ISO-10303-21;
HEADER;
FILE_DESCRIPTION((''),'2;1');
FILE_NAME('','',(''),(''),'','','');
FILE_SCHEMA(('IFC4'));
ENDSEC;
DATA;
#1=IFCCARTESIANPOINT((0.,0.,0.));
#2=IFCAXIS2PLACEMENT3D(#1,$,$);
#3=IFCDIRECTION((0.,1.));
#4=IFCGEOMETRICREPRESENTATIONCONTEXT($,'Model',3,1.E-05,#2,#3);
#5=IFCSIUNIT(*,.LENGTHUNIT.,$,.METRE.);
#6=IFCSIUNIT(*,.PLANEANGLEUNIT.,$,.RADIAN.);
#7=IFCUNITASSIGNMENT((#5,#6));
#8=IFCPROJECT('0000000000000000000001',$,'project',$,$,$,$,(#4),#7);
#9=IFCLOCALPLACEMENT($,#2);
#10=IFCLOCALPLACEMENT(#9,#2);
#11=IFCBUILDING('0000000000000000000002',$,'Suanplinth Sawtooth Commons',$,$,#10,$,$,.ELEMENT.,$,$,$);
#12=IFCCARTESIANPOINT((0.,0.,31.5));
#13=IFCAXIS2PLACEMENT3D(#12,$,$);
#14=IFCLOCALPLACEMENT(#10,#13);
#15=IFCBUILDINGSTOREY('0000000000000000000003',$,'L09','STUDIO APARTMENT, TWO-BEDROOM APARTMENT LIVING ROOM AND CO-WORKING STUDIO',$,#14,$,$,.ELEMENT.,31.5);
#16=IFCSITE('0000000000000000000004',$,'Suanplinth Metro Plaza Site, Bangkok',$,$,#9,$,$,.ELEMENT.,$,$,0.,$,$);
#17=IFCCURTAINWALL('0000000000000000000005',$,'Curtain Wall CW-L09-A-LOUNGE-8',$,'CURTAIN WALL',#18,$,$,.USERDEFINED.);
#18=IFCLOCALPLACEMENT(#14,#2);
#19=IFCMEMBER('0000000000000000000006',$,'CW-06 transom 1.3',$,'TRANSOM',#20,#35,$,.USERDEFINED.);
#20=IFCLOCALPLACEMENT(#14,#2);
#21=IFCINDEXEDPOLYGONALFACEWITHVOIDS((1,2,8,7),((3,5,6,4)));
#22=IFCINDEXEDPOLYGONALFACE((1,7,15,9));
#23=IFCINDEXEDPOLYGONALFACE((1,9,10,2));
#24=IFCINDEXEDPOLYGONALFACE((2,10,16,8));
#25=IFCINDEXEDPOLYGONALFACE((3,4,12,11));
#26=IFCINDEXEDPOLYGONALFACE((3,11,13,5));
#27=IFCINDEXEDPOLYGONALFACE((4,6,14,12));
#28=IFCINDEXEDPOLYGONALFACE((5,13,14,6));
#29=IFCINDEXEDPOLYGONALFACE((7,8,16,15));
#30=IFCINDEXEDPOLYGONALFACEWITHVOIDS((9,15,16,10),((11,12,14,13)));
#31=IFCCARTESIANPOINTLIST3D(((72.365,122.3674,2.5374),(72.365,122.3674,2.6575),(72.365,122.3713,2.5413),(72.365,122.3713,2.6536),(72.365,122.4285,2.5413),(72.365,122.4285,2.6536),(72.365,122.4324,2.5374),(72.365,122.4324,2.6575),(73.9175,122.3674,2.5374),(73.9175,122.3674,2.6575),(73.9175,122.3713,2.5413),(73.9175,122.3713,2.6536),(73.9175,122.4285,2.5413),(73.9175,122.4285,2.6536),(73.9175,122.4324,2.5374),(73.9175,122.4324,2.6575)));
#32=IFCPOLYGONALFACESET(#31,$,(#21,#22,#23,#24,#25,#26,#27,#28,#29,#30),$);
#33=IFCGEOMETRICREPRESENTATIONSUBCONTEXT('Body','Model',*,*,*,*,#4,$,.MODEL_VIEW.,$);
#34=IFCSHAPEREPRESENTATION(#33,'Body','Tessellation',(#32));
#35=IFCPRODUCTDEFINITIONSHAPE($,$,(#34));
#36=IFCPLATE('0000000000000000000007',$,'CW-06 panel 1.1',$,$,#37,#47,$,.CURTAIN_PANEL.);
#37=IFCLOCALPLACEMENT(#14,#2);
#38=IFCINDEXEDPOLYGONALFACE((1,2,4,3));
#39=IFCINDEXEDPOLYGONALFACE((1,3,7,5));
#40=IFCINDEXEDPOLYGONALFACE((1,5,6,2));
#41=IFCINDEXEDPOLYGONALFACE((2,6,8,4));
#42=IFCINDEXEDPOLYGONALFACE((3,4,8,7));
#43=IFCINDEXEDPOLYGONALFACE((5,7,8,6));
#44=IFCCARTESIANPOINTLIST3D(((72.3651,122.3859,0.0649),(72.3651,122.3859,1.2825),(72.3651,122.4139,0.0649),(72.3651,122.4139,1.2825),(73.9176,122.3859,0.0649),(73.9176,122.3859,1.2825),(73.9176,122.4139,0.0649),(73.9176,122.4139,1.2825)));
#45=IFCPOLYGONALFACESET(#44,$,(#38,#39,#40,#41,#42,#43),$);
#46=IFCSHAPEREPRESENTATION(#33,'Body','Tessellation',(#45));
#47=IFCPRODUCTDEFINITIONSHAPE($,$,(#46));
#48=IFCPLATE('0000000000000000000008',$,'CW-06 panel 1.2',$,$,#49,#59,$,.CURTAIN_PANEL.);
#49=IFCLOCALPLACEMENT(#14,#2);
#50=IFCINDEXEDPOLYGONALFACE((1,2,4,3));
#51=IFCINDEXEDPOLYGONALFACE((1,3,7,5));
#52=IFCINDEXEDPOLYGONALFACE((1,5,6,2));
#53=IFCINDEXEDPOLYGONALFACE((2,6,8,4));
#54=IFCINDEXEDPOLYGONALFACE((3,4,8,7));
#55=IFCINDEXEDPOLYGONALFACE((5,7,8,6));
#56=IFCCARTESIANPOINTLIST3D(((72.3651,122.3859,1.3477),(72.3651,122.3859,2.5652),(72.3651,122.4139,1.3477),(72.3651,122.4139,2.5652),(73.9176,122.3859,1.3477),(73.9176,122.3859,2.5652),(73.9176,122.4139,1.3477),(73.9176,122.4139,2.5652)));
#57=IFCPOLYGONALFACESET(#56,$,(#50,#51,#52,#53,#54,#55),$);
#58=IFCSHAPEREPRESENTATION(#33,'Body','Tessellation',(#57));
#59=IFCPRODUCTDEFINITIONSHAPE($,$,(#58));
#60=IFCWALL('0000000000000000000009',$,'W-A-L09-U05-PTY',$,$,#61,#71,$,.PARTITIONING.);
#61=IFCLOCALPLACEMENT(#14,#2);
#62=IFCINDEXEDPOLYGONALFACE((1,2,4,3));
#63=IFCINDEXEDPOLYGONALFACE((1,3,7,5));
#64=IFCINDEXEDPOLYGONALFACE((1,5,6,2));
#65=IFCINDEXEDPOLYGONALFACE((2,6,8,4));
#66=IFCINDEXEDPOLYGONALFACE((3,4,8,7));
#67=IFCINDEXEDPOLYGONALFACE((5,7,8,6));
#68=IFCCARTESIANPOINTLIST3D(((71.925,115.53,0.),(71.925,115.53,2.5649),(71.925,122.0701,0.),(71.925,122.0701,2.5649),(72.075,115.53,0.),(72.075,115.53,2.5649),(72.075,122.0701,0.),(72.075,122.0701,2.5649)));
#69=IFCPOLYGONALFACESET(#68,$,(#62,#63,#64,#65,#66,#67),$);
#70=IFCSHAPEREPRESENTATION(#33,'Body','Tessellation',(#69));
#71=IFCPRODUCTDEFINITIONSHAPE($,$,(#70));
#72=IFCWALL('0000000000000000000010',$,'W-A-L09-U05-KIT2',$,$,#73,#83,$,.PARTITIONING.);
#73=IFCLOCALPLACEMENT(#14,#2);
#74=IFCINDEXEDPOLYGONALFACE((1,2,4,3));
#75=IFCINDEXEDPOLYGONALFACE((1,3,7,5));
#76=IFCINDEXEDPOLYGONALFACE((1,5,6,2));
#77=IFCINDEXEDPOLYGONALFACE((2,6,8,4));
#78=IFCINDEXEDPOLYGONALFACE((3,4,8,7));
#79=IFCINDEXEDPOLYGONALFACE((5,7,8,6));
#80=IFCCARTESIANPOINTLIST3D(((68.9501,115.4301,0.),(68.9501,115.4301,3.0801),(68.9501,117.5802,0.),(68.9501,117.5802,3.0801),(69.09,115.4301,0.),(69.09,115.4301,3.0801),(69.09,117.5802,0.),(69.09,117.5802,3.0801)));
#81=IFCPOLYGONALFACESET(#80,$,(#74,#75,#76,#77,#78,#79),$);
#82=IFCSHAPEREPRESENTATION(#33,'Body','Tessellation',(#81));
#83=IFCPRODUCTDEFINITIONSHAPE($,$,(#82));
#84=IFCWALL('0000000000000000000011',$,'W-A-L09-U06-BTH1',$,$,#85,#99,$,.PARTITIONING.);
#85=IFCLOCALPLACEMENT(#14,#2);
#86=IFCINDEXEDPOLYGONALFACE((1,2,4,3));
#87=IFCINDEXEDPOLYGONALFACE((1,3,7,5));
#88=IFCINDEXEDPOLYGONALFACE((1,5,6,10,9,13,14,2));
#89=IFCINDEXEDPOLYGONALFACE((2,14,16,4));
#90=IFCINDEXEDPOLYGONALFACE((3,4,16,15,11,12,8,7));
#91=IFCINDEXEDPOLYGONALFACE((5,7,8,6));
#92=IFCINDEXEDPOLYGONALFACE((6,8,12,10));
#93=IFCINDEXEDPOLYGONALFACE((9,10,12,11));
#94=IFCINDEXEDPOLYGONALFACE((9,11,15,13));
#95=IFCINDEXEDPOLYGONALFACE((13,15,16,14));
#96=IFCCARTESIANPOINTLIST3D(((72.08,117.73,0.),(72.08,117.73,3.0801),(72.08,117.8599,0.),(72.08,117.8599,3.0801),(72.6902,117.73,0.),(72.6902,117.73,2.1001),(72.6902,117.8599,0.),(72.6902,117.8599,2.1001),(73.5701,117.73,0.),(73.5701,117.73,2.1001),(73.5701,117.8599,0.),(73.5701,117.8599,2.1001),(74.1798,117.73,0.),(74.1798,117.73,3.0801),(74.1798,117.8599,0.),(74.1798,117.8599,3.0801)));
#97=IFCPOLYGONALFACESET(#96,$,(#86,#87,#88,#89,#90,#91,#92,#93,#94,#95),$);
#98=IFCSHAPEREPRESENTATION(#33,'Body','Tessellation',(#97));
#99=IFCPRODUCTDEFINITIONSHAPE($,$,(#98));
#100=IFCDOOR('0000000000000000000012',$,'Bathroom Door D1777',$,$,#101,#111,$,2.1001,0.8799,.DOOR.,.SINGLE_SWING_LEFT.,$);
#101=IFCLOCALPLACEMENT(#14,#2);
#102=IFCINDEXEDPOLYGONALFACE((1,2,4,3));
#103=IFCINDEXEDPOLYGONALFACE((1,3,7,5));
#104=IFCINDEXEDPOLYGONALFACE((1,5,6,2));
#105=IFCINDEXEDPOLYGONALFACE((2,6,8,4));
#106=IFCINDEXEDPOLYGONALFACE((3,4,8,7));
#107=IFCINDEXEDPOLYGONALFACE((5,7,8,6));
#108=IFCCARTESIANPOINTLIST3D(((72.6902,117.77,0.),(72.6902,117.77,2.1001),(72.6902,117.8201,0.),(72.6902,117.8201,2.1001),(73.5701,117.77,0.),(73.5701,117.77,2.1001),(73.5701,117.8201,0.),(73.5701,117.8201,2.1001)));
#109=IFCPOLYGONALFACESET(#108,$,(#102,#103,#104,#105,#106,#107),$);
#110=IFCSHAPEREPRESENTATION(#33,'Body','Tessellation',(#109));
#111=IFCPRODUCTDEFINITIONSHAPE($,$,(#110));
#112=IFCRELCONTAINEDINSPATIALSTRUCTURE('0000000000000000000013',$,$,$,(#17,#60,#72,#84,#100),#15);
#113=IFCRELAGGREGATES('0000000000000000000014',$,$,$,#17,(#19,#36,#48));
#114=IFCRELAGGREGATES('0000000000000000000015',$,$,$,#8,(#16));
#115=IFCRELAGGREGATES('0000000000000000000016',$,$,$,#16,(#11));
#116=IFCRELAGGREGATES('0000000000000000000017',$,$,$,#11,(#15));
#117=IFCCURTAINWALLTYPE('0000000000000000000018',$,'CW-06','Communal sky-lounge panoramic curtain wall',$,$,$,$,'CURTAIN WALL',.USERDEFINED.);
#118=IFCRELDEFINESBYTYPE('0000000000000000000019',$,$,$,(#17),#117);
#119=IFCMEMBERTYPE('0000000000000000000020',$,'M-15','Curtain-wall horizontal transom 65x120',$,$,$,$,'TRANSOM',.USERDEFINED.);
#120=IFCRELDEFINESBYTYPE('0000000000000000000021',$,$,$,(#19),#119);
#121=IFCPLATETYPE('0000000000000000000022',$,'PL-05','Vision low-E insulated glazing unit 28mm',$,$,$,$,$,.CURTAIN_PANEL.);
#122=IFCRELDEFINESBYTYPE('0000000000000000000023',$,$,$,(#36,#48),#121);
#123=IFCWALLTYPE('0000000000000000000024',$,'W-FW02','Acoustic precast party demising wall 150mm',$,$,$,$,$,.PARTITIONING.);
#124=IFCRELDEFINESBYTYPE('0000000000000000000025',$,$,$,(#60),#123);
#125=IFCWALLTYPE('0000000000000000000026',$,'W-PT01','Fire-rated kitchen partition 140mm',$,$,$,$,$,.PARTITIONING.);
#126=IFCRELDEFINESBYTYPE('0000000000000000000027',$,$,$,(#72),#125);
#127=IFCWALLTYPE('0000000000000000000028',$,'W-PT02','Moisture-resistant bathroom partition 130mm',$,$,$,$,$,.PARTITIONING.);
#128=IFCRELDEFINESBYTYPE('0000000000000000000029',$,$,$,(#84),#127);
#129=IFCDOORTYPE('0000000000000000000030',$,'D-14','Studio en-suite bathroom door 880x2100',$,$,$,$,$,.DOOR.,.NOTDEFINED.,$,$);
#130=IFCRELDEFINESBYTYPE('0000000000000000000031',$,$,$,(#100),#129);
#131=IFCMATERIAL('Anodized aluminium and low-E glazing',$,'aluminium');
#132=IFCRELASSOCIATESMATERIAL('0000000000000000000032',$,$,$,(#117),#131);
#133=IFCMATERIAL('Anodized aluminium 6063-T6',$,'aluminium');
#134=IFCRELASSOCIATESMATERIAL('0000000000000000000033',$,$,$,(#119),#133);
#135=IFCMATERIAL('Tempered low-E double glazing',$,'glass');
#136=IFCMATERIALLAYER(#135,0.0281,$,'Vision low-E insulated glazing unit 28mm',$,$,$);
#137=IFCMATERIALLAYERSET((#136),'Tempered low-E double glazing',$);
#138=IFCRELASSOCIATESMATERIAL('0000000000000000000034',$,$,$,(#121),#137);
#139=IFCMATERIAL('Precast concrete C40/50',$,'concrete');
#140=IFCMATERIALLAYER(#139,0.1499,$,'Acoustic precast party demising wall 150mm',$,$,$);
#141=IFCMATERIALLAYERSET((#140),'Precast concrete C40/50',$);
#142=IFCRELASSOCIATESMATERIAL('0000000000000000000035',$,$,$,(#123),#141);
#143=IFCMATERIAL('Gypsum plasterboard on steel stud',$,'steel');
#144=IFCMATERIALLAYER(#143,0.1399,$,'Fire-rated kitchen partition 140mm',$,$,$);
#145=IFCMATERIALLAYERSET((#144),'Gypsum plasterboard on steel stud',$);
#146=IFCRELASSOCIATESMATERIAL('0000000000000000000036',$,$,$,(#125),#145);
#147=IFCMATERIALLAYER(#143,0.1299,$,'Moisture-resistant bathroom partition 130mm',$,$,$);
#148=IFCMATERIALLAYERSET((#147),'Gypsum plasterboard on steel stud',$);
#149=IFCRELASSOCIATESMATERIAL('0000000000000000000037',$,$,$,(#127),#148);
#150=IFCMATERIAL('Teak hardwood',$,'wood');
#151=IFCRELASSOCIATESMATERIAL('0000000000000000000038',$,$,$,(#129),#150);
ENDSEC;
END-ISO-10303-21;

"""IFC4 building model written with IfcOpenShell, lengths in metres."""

from ifc_helpers import new_model, si_unit, direction, frame, frame_2d, origin, origin_2d, place, context, subcontext, project, spatial, rectangle, hollow_rectangle, extrude, material, layer, layer_set, material_profile, profile_set, type_object, element, fill, aggregate, save


model = new_model("IFC4")

# Units and contexts
model_context = context("Model", 3, precision=1e-05, world=origin(), true_north=direction((0.0, 1.0)))
body_context = subcontext(model_context, "Body", "Model", "MODEL_VIEW")
ifc_project = project(units=[si_unit("LENGTHUNIT", "METRE"), si_unit("PLANEANGLEUNIT", "RADIAN")], contexts=[model_context])

# Site, building, storey
site_placement = place(None, origin())
site = spatial("IfcSite", under=ifc_project, at=site_placement, Name="Suanplinth Metro Plaza Site, Bangkok", CompositionType="ELEMENT", RefElevation=0.0)
building_placement = place(site_placement, origin())
building = spatial("IfcBuilding", under=site, at=building_placement, Name="Suanplinth Sawtooth Commons", CompositionType="ELEMENT")
storey_placement = place(building_placement, frame((0.0, 0.0, 31.5)))
storey = spatial("IfcBuildingStorey", under=building, at=storey_placement, Name="L09", Description="STUDIO APARTMENT, TWO-BEDROOM APARTMENT LIVING ROOM AND CO-WORKING STUDIO", CompositionType="ELEMENT", Elevation=31.5)

# Shared definitions
ifc_material_1 = material(Name="Precast concrete C40/50", Category="concrete")

# Curtain wall, member, plates
ifc_material_2 = material(Name="Anodized aluminium and low-E glazing", Category="aluminium")
curtain_wall_type = type_object("IfcCurtainWallType", Name="CW-06", Description="Communal sky-lounge panoramic curtain wall", ElementType="CURTAIN WALL", PredefinedType="USERDEFINED", material=ifc_material_2)
curtain_wall_placement = place(storey_placement, origin())
curtain_wall = element("IfcCurtainWall", 1, at=curtain_wall_placement, inside=storey, type_object=curtain_wall_type, Name="Curtain Wall CW-L09-A-LOUNGE-8", ObjectType="CURTAIN WALL", PredefinedType="USERDEFINED")
ifc_material_3 = material(Name="Anodized aluminium 6063-T6", Category="aluminium")
ifc_material_profile_1 = material_profile(ifc_material_3, hollow_rectangle(XDim=0.0649, YDim=0.1201, WallThickness=0.0039, at=origin_2d()), Name="ALU-TRN 65x120")
ifc_profile_set_1 = profile_set([ifc_material_profile_1], Name="Anodized aluminium 6063-T6")
member_type_1 = type_object("IfcMemberType", Name="M-15", Description="Curtain-wall horizontal transom 65x120", ElementType="TRANSOM", PredefinedType="USERDEFINED", material=ifc_profile_set_1)
member_1_placement = place(storey_placement, frame((72.365, 122.3999, 2.5974), z_axis=(1.0, 0.0, 0.0), x_axis=(0.0, 1.0, 0.0)))
member_1 = element("IfcMember", 2, at=member_1_placement, type_object=member_type_1, Name="CW-06 transom 1.3", ObjectType="TRANSOM", PredefinedType="USERDEFINED", context=body_context, shape_type="SweptSolid", body=[
    extrude(hollow_rectangle(XDim=0.0649, YDim=0.1201, WallThickness=0.0039, at=origin_2d()), origin(), (0.0, 0.0, 1.0), 1.5525),
])
ifc_material_4 = material(Name="Tempered low-E double glazing", Category="glass")
ifc_layer_1 = layer(ifc_material_4, 0.0281, Name="Vision low-E insulated glazing unit 28mm")
ifc_layer_set_1 = layer_set([ifc_layer_1], Name="Tempered low-E double glazing")
plate_type = type_object("IfcPlateType", Name="PL-05", Description="Vision low-E insulated glazing unit 28mm", PredefinedType="CURTAIN_PANEL", material=ifc_layer_set_1)
plate_1_placement = place(storey_placement, frame((73.1414, 122.3999, 0.0649), z_axis=(0.0, 0.0, 1.0), x_axis=(1.0, 0.0, 0.0)))
plate_1 = element("IfcPlate", 3, at=plate_1_placement, type_object=plate_type, Name="CW-06 panel 1.1", PredefinedType="CURTAIN_PANEL", context=body_context, shape_type="SweptSolid", body=[
    extrude(rectangle(XDim=1.5525, YDim=0.0281, at=origin_2d()), origin(), (0.0, 0.0, 1.0), 1.2175),
])
plate_2_placement = place(storey_placement, frame((73.1414, 122.3999, 1.3477), z_axis=(0.0, 0.0, 1.0), x_axis=(1.0, 0.0, 0.0)))
plate_2 = element("IfcPlate", 4, at=plate_2_placement, type_object=plate_type, Name="CW-06 panel 1.2", PredefinedType="CURTAIN_PANEL", context=body_context, shape_type="SweptSolid", body=[
    extrude(rectangle(XDim=1.5525, YDim=0.0281, at=origin_2d()), origin(), (0.0, 0.0, 1.0), 1.2175),
])
aggregate(curtain_wall, [member_1, plate_1, plate_2])

# Walls
ifc_layer_2 = layer(ifc_material_1, 0.1499, Name="Acoustic precast party demising wall 150mm")
ifc_layer_set_2 = layer_set([ifc_layer_2], Name="Precast concrete C40/50")
wall_type_1 = type_object("IfcWallType", Name="W-FW02", Description="Acoustic precast party demising wall 150mm", PredefinedType="PARTITIONING", material=ifc_layer_set_2)
wall_1_placement = place(storey_placement, frame((72.0, 115.53, 0.0), z_axis=(0.0, 0.0, 1.0), x_axis=(0.0, 1.0, 0.0)))
element("IfcWall", 5, at=wall_1_placement, inside=storey, type_object=wall_type_1, Name="W-A-L09-U05-PTY", PredefinedType="PARTITIONING", context=body_context, shape_type="SweptSolid", body=[
    extrude(rectangle(XDim=6.54, YDim=0.1499, at=frame_2d((3.27, 0.0))), origin(), (0.0, 0.0, 1.0), 2.5649),
])
ifc_material_5 = material(Name="Gypsum plasterboard on steel stud", Category="steel")
ifc_layer_3 = layer(ifc_material_5, 0.1399, Name="Fire-rated kitchen partition 140mm")
ifc_layer_set_3 = layer_set([ifc_layer_3], Name="Gypsum plasterboard on steel stud")
wall_type_2 = type_object("IfcWallType", Name="W-PT01", Description="Fire-rated kitchen partition 140mm", PredefinedType="PARTITIONING", material=ifc_layer_set_3)
wall_2_placement = place(storey_placement, frame((69.02, 115.4299, 0.0), z_axis=(0.0, 0.0, 1.0), x_axis=(0.0, 1.0, 0.0)))
element("IfcWall", 6, at=wall_2_placement, inside=storey, type_object=wall_type_2, Name="W-A-L09-U05-KIT2", PredefinedType="PARTITIONING", context=body_context, shape_type="SweptSolid", body=[
    extrude(rectangle(XDim=2.1501, YDim=0.1399, at=frame_2d((1.0752, 0.0))), origin(), (0.0, 0.0, 1.0), 3.0801),
])

# Wall, opening, door
ifc_layer_4 = layer(ifc_material_5, 0.1299, Name="Moisture-resistant bathroom partition 130mm")
ifc_layer_set_4 = layer_set([ifc_layer_4], Name="Gypsum plasterboard on steel stud")
wall_type_3 = type_object("IfcWallType", Name="W-PT02", Description="Moisture-resistant bathroom partition 130mm", PredefinedType="PARTITIONING", material=ifc_layer_set_4)
wall_3_placement = place(storey_placement, frame((72.0801, 117.7949, 0.0), z_axis=(0.0, 0.0, 1.0), x_axis=(1.0, 0.0, 0.0)))
wall_3 = element("IfcWall", 7, at=wall_3_placement, inside=storey, type_object=wall_type_3, Name="W-A-L09-U06-BTH1", PredefinedType="PARTITIONING", context=body_context, shape_type="SweptSolid", body=[
    extrude(rectangle(XDim=2.0999, YDim=0.1299, at=frame_2d((1.0498, 0.0))), origin(), (0.0, 0.0, 1.0), 3.0801),
])
opening_1_placement = place(wall_3_placement, frame((0.6101, 0.0, 0.0)))
opening_1 = element("IfcOpeningElement", 8, at=opening_1_placement, cuts=wall_3, PredefinedType="OPENING", context=body_context, shape_type="SweptSolid", body=[
    extrude(rectangle(XDim=0.8799, YDim=2.1001, at=frame_2d((0.4399, 1.05))), frame((0.0, 0.0798, 0.0), z_axis=(0.0, -1.0, 0.0), x_axis=(1.0, 0.0, 0.0)), (0.0, 0.0, 1.0), 0.1597),
])
ifc_material_6 = material(Name="Teak hardwood", Category="wood")
door_type_1 = type_object("IfcDoorType", Name="D-14", Description="Studio en-suite bathroom door 880x2100", OperationType="NOTDEFINED", PredefinedType="DOOR", material=ifc_material_6)
door_1_placement = place(opening_1_placement, frame((0.8799, 0.0, 0.0), z_axis=(0.0, 0.0, 1.0), x_axis=(-1.0, 0.0, 0.0)))
door_1 = element("IfcDoor", 9, at=door_1_placement, inside=storey, type_object=door_type_1, Name="Bathroom Door D1777", OperationType="SINGLE_SWING_LEFT", OverallHeight=2.1001, OverallWidth=0.8799, PredefinedType="DOOR", context=body_context, shape_type="SweptSolid", body=[
    extrude(rectangle(XDim=0.8799, YDim=2.1001, at=frame_2d((0.4399, 1.05))), frame((0.0, 0.0249, 0.0), z_axis=(0.0, -1.0, 0.0), x_axis=(1.0, 0.0, 0.0)), (0.0, 0.0, 1.0), 0.05),
])
fill(opening_1, door_1)

save(model, "model.ifc")
